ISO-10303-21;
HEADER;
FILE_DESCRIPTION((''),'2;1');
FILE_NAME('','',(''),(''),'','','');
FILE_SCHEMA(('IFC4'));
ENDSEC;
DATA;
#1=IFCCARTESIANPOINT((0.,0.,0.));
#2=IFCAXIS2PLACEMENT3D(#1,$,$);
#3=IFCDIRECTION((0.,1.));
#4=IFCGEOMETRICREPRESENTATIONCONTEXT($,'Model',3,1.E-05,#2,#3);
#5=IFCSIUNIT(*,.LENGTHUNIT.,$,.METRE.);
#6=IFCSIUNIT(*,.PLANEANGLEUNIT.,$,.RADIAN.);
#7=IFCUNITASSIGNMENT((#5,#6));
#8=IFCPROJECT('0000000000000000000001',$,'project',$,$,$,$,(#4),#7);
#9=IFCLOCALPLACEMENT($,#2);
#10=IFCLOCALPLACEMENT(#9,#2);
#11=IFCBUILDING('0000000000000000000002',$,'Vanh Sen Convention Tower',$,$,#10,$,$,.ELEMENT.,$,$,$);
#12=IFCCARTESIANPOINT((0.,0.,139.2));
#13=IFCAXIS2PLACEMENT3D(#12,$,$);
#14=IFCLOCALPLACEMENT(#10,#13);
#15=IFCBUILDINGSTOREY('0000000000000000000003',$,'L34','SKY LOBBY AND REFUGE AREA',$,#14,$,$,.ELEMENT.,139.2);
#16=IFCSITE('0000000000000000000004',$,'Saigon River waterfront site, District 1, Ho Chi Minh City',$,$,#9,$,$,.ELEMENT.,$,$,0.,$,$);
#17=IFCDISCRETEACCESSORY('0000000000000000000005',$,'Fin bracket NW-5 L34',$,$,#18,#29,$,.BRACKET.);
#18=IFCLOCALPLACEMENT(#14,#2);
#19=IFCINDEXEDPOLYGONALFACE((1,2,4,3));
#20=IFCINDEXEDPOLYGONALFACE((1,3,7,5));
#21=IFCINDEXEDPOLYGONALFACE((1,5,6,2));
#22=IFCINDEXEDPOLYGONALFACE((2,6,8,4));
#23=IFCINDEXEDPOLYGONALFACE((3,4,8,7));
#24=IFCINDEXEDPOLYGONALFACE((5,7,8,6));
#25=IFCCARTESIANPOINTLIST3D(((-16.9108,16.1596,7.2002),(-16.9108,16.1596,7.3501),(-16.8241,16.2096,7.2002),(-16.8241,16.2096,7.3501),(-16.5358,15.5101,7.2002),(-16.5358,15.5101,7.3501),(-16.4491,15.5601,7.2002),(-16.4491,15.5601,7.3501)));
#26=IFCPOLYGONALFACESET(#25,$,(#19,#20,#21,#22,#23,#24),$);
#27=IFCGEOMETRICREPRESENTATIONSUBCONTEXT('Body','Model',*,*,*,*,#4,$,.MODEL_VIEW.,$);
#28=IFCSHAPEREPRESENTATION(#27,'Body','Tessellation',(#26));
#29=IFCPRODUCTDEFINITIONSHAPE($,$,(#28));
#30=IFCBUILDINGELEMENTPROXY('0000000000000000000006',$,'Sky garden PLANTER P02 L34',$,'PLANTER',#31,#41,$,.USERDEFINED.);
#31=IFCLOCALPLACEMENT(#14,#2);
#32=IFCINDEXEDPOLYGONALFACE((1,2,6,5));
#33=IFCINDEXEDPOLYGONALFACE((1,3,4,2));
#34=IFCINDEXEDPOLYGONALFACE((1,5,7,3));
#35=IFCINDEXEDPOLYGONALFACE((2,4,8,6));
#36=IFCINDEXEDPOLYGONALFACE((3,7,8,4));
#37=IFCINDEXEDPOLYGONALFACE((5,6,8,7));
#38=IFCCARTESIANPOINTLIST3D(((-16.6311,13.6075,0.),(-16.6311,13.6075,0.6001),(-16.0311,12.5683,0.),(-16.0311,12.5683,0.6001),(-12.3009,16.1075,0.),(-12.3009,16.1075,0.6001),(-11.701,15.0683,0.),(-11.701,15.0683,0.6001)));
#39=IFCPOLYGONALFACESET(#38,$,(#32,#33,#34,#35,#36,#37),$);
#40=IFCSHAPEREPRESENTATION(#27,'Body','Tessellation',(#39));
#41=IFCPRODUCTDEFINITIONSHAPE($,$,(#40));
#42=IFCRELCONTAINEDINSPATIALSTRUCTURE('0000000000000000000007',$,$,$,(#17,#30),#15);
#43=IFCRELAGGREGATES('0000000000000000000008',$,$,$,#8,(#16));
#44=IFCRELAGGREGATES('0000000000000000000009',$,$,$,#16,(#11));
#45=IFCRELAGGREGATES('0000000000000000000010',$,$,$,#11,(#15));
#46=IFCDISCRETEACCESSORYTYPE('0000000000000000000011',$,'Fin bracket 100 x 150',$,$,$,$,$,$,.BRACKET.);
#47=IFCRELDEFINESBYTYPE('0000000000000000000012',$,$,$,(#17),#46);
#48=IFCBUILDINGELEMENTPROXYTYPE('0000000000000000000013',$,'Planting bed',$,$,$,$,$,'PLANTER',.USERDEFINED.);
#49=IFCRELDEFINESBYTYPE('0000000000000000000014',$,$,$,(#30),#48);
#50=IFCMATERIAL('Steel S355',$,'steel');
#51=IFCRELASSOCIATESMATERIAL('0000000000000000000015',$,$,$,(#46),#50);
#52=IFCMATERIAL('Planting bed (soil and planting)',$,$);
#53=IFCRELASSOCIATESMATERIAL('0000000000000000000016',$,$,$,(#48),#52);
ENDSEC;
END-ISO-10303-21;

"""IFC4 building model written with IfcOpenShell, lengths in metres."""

from ifc_helpers import new_model, si_unit, direction, frame, origin, origin_2d, place, context, subcontext, project, spatial, rectangle, extrude, material, type_object, element, save


model = new_model("IFC4")

# Units and contexts
model_context = context("Model", 3, precision=1e-05, world=origin(), true_north=direction((0.0, 1.0)))
body_context = subcontext(model_context, "Body", "Model", "MODEL_VIEW")
ifc_project = project(units=[si_unit("LENGTHUNIT", "METRE"), si_unit("PLANEANGLEUNIT", "RADIAN")], contexts=[model_context])

# Site, building, storey
site_placement = place(None, origin())
site = spatial("IfcSite", under=ifc_project, at=site_placement, Name="Saigon River waterfront site, District 1, Ho Chi Minh City", CompositionType="ELEMENT", RefElevation=0.0)
building_placement = place(site_placement, origin())
building = spatial("IfcBuilding", under=site, at=building_placement, Name="Vanh Sen Convention Tower", CompositionType="ELEMENT")
storey_placement = place(building_placement, frame((0.0, 0.0, 139.2)))
storey = spatial("IfcBuildingStorey", under=building, at=storey_placement, Name="L34", Description="SKY LOBBY AND REFUGE AREA", CompositionType="ELEMENT", Elevation=139.2)

# Discrete accessory
ifc_material_1 = material(Name="Steel S355", Category="steel")
discrete_accessory_type = type_object("IfcDiscreteAccessoryType", Name="Fin bracket 100 x 150", PredefinedType="BRACKET", material=ifc_material_1)
for number, where, z_axis, x_axis, name in (
    (1, (-16.6799, 15.8599, 7.2002), (0.0, 0.0, 1.0), (-0.5, 0.866025, 0.0), "Fin bracket NW-5 L34"),
):
    element("IfcDiscreteAccessory", number, at=place(storey_placement, frame(where, z_axis=z_axis, x_axis=x_axis)), inside=storey, type_object=discrete_accessory_type, Name=name, PredefinedType="BRACKET", context=body_context, shape_type="SweptSolid", body=[
        extrude(rectangle(XDim=0.75, YDim=0.1001, at=origin_2d()), origin(), (0.0, 0.0, 1.0), 0.1499),
    ])

# Building element proxy
ifc_material_2 = material(Name="Planting bed (soil and planting)")
building_element_proxy_type = type_object("IfcBuildingElementProxyType", Name="Planting bed", ElementType="PLANTER", PredefinedType="USERDEFINED", material=ifc_material_2)
proxy_placement = place(storey_placement, frame((-14.166, 14.3379, 0.0), z_axis=(0.0, 0.0, 1.0), x_axis=(-0.866025, -0.500002, 0.0)))
element("IfcBuildingElementProxy", 2, at=proxy_placement, inside=storey, type_object=building_element_proxy_type, Name="Sky garden PLANTER P02 L34", ObjectType="PLANTER", PredefinedType="USERDEFINED", context=body_context, shape_type="SweptSolid", body=[
    extrude(rectangle(XDim=5.0, YDim=1.2, at=origin_2d()), origin(), (0.0, 0.0, 1.0), 0.6001),
])

save(model, "model.ifc")
